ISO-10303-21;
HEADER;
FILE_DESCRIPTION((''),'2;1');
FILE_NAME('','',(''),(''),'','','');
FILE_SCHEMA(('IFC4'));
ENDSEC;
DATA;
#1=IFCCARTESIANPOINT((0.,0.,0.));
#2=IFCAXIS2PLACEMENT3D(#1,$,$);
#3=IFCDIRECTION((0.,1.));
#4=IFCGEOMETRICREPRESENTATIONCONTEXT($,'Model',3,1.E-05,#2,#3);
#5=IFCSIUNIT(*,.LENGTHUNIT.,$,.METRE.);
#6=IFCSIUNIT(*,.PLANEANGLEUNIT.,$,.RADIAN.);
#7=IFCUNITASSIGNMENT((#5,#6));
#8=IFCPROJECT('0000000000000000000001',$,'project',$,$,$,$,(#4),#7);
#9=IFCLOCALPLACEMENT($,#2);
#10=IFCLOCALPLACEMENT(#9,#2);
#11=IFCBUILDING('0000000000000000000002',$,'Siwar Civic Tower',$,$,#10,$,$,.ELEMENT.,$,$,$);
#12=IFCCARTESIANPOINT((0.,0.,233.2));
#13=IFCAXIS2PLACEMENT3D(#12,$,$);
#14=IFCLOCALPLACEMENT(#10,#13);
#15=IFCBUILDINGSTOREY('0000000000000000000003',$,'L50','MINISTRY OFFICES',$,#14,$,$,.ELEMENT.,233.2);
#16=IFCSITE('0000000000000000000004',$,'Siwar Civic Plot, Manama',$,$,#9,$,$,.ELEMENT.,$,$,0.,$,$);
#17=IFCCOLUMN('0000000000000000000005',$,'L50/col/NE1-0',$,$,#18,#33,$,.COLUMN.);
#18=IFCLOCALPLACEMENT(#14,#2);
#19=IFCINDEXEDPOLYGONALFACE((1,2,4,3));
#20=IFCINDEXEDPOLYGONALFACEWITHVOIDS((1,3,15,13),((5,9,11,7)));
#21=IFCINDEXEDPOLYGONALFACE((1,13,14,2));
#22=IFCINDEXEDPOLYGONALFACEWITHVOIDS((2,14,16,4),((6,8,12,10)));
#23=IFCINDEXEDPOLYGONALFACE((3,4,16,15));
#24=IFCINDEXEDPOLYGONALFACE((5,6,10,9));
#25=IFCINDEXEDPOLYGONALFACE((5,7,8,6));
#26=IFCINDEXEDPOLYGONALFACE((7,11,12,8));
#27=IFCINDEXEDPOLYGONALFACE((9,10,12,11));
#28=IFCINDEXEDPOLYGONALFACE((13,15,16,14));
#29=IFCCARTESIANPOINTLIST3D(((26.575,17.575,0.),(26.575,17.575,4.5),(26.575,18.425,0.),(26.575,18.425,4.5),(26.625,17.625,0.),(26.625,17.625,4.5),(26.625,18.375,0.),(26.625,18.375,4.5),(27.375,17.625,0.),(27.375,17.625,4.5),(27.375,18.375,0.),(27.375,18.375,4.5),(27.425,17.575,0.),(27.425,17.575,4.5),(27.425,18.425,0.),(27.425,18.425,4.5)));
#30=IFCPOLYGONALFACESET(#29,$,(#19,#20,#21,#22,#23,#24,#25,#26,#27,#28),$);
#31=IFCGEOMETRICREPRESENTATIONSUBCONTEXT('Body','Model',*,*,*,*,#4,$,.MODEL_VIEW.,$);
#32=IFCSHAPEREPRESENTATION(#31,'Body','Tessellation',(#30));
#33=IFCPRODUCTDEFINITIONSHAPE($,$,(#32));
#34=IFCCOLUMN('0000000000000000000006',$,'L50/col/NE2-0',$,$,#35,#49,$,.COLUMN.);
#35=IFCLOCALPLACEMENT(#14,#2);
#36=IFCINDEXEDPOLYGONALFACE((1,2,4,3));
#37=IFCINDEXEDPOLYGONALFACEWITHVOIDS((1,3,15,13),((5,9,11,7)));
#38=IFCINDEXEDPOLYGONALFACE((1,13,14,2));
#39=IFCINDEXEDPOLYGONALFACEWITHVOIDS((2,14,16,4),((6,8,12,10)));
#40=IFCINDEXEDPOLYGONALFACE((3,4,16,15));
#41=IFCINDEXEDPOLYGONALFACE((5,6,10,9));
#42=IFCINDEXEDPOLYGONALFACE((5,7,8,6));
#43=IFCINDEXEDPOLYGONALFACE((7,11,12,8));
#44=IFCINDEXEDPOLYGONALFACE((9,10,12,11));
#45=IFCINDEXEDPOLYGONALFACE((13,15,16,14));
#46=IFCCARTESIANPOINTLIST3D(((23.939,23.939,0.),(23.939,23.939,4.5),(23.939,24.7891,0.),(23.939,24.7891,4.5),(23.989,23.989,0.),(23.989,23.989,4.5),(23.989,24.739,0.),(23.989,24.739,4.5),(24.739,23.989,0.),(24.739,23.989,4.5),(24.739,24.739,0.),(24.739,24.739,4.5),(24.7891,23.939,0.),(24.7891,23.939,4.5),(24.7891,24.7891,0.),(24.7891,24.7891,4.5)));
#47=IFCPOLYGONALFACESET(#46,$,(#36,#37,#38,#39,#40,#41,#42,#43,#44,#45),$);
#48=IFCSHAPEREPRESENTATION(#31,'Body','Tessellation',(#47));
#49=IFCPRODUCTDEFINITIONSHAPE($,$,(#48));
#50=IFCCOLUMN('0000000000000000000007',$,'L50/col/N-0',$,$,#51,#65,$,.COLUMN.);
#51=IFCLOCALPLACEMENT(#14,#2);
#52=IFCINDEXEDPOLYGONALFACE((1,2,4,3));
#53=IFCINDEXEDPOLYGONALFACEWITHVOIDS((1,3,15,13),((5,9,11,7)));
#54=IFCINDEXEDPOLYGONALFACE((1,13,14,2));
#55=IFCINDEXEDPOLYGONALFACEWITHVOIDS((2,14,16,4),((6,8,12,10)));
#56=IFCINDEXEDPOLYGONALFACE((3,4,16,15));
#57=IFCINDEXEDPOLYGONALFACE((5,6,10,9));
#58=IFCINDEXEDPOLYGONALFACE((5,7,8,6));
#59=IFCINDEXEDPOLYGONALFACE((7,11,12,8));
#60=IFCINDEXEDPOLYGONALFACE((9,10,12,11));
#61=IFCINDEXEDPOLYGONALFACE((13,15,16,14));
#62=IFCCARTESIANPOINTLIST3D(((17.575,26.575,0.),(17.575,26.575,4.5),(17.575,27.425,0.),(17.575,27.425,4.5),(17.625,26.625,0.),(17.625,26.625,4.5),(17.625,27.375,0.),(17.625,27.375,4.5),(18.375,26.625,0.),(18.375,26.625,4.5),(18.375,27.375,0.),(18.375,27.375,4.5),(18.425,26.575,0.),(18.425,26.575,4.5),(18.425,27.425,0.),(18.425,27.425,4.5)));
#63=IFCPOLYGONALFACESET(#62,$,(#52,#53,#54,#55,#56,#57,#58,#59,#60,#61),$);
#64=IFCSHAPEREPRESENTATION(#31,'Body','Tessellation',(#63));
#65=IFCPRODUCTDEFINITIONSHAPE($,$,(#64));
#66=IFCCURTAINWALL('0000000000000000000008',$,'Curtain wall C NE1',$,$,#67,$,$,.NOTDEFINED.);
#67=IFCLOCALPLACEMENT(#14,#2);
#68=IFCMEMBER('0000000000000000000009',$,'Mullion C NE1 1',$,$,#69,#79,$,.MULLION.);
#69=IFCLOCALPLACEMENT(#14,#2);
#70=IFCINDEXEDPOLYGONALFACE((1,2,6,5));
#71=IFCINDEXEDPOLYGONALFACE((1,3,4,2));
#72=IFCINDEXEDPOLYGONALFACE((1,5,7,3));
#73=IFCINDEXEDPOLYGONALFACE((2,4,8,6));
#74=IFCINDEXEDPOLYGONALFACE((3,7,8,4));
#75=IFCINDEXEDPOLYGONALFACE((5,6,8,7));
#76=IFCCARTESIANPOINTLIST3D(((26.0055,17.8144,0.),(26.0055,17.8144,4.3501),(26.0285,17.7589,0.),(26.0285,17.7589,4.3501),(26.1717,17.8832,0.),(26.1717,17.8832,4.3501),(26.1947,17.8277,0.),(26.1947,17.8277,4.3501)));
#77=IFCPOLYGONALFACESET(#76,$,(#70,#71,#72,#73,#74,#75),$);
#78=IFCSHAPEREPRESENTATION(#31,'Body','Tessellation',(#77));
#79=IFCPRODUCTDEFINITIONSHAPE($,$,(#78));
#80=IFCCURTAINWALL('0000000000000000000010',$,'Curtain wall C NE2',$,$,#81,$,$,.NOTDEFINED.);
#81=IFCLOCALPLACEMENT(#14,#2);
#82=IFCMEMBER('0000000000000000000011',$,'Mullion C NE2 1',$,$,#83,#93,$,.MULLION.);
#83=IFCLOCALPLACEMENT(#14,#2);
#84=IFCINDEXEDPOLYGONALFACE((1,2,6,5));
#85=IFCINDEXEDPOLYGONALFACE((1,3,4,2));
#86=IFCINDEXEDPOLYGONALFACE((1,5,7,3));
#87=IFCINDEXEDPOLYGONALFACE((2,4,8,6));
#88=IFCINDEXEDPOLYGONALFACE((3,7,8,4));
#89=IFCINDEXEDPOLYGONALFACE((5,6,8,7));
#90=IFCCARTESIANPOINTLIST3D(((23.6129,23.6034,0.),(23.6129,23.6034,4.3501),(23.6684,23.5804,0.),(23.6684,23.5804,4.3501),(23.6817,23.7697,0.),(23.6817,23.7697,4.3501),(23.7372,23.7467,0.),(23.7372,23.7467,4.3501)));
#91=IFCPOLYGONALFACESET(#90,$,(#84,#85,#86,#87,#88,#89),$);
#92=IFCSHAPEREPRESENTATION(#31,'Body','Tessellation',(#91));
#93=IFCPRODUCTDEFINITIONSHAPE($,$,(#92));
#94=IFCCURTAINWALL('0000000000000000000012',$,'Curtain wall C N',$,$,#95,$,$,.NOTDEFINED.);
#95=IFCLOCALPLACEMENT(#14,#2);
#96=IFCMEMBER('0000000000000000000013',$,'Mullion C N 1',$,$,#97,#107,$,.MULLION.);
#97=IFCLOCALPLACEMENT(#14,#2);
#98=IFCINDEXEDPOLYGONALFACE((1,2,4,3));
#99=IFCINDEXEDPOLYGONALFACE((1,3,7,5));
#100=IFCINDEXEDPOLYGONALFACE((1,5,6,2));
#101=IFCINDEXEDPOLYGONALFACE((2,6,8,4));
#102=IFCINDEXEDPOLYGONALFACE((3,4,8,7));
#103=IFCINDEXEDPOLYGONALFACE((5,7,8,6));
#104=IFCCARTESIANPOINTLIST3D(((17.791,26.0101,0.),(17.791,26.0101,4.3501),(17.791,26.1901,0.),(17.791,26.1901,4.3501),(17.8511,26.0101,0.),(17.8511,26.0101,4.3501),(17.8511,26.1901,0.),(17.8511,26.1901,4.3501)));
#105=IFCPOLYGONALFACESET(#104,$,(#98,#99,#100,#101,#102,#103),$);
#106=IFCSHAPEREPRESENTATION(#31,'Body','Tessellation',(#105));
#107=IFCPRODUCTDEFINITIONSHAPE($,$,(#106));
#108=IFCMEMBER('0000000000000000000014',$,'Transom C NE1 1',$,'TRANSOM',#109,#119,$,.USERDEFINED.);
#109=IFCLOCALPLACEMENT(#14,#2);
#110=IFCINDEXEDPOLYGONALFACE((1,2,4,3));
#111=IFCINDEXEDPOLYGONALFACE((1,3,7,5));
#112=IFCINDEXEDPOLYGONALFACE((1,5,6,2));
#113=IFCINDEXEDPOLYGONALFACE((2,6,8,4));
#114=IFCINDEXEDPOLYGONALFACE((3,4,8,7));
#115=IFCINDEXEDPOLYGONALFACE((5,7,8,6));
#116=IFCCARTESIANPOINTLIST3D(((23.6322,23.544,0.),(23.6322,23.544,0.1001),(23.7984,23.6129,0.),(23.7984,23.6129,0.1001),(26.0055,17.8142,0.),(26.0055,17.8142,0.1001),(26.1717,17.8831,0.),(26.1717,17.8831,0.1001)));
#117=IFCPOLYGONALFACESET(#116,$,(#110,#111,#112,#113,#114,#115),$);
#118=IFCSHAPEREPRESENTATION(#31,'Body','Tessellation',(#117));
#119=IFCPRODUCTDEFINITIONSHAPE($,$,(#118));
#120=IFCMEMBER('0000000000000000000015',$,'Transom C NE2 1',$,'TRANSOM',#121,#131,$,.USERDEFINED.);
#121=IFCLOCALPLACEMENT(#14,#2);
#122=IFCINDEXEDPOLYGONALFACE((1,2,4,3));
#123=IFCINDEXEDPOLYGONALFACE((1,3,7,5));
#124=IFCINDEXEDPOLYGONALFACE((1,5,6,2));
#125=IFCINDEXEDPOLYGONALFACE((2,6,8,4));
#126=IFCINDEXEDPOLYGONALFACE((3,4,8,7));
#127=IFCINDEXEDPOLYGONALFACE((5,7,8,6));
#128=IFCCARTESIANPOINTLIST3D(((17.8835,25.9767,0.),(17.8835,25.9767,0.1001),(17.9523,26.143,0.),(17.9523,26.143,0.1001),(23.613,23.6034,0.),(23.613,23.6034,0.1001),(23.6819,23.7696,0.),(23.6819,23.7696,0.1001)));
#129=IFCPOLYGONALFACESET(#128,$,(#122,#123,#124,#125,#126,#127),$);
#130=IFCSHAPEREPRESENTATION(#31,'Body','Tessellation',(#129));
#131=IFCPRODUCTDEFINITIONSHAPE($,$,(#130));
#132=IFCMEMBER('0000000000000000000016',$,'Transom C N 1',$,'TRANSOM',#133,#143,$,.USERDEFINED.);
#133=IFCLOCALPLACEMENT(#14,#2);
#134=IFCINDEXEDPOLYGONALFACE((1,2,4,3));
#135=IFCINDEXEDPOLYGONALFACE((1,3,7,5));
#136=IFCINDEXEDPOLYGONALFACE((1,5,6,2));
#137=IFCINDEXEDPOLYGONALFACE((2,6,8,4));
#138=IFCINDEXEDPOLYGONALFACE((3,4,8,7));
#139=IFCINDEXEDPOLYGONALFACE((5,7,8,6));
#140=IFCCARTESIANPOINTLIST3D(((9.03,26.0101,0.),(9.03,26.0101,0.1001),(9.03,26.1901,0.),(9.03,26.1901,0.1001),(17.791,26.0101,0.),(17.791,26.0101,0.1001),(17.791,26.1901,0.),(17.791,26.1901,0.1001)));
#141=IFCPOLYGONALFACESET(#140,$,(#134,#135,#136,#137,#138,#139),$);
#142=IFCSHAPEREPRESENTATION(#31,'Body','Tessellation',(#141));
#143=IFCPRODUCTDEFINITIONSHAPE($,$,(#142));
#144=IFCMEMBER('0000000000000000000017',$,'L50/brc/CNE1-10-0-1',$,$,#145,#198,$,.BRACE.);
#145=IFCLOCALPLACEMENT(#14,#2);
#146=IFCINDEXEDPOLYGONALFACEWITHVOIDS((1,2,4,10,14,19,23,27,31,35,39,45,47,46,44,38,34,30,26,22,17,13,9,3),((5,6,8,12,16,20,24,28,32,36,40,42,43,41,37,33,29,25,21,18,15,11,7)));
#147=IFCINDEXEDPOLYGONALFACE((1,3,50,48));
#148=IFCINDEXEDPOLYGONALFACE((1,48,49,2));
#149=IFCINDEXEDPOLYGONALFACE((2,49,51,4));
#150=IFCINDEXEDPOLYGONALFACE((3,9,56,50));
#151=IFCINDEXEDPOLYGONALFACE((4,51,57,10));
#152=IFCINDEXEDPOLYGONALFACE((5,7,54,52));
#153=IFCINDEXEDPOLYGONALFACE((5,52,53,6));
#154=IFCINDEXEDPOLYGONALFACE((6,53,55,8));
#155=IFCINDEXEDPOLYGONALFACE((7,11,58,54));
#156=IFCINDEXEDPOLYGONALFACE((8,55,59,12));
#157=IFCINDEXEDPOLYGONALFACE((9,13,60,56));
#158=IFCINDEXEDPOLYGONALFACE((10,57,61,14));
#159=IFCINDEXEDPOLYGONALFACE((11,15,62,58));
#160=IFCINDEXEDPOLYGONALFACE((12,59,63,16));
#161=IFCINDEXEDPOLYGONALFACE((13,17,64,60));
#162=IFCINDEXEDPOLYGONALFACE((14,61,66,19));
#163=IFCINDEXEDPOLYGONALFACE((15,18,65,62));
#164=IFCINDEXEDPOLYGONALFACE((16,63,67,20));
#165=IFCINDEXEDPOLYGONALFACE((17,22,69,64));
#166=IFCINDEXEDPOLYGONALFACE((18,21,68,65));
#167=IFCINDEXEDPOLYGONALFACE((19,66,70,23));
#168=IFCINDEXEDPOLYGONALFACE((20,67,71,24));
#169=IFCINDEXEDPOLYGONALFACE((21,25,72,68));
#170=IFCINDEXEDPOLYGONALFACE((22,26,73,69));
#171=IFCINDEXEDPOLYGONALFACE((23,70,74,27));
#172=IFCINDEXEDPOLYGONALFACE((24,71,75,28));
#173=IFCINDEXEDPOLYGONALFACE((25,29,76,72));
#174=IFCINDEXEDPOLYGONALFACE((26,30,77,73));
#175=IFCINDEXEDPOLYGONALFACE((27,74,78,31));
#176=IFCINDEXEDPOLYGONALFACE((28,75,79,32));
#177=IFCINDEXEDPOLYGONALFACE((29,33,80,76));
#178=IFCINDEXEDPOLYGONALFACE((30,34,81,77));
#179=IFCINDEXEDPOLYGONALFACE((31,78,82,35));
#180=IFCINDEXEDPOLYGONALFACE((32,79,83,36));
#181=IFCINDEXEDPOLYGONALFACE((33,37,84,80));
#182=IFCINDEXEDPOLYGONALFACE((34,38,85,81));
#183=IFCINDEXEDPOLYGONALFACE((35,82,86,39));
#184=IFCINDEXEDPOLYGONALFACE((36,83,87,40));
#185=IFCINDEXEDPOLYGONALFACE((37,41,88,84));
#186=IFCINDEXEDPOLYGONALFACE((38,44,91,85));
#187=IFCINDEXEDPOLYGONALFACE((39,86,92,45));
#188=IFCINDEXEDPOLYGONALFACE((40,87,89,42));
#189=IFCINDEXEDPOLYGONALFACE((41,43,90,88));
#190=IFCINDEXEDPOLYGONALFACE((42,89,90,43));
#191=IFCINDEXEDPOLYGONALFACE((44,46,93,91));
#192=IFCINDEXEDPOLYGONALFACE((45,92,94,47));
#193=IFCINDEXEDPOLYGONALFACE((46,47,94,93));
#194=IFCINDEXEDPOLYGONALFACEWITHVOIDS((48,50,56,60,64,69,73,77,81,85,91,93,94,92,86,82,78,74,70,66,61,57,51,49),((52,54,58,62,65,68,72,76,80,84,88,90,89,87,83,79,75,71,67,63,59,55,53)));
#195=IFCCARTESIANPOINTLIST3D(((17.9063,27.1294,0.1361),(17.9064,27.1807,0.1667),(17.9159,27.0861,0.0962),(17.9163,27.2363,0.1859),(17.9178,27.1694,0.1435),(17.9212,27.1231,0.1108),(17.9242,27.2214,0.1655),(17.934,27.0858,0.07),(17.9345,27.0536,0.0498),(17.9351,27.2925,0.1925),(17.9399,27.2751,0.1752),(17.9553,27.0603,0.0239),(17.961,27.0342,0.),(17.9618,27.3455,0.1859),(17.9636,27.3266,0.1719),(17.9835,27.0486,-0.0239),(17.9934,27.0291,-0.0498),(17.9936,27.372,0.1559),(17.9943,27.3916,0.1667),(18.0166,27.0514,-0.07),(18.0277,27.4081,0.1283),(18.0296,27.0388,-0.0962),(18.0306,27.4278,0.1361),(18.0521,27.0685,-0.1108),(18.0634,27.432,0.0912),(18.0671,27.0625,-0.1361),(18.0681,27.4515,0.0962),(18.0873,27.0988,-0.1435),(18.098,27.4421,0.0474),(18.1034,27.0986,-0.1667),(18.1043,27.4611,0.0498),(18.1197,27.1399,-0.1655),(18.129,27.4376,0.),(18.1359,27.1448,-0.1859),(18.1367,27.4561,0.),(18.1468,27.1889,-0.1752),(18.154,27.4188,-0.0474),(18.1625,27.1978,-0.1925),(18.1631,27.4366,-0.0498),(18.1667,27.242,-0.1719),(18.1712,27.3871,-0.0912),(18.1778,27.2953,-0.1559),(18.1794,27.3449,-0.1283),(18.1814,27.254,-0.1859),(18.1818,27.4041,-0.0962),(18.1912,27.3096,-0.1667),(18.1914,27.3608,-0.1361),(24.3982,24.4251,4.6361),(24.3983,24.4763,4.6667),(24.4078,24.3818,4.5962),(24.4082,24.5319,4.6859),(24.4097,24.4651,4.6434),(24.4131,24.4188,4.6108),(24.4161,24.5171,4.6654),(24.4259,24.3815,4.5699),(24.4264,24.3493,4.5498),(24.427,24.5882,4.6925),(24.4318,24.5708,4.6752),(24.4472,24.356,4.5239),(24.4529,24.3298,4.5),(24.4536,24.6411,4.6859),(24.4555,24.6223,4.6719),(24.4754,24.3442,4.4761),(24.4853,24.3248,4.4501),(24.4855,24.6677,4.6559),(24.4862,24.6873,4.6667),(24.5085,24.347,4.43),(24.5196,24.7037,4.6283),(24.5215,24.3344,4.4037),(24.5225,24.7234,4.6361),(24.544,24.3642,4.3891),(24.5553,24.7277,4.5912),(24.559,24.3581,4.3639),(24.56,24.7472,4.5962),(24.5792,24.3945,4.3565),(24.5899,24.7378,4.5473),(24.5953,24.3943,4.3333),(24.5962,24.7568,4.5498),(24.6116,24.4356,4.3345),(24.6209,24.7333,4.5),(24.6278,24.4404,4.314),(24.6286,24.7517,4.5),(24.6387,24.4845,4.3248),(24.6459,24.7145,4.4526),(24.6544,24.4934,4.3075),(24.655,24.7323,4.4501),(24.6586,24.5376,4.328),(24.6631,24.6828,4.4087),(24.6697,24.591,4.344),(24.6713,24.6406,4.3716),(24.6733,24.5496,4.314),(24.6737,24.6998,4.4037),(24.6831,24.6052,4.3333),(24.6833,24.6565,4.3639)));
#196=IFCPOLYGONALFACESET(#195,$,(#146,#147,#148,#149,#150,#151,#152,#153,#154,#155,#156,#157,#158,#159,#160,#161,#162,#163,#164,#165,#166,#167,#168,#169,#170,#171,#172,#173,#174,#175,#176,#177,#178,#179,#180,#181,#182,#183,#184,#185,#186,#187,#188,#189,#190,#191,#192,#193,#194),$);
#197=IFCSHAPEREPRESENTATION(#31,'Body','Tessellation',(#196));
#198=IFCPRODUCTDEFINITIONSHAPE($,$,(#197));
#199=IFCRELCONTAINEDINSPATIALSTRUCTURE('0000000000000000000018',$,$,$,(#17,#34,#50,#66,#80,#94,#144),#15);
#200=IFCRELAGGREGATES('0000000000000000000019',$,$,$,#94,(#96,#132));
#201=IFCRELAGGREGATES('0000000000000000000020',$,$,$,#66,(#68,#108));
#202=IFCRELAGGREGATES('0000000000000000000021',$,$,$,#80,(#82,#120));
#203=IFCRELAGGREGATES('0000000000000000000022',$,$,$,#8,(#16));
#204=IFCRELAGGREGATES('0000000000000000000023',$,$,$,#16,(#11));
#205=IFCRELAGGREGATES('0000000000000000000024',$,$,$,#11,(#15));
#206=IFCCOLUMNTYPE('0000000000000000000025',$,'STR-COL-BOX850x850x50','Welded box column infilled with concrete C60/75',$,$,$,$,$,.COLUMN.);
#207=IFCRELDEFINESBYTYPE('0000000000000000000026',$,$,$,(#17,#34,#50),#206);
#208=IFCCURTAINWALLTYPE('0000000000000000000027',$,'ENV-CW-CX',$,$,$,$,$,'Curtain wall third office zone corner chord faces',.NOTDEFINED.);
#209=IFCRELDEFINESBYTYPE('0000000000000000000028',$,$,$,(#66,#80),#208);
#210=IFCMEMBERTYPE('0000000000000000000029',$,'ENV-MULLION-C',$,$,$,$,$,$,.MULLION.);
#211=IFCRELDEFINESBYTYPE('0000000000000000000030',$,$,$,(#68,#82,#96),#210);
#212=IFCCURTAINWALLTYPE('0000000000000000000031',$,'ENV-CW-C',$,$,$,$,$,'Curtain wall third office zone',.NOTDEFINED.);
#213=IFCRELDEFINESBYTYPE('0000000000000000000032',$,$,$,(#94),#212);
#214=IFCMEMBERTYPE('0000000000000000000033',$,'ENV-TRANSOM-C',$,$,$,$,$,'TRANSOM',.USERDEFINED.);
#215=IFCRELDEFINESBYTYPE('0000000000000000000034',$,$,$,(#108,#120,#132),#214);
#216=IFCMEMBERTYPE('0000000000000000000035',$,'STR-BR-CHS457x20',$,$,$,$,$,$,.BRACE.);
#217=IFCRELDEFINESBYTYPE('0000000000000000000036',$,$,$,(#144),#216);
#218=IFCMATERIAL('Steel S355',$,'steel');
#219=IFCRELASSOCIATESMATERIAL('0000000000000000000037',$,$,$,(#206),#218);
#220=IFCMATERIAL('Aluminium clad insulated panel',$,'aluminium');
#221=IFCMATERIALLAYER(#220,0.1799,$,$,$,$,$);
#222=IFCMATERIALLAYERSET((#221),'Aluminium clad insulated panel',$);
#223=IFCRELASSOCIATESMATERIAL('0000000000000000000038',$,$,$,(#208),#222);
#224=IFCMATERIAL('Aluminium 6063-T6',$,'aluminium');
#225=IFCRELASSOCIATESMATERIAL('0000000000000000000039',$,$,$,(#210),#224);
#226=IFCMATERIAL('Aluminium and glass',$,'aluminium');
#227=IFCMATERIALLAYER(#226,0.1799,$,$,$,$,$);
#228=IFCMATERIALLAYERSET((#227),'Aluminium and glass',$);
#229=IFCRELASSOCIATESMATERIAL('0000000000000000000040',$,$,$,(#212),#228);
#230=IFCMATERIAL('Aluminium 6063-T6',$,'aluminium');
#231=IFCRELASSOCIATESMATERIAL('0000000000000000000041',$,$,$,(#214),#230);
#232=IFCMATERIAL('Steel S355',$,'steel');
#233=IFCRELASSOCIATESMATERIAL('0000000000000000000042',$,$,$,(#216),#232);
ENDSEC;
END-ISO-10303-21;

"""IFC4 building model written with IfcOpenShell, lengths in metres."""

from ifc_helpers import new_model, si_unit, direction, frame, origin, origin_2d, place, context, subcontext, project, spatial, rectangle, hollow_rectangle, hollow_circle, extrude, material, layer, layer_set, material_profile, profile_set, type_object, element, aggregate, save


model = new_model("IFC4")

# Units and contexts
model_context = context("Model", 3, precision=1e-05, world=origin(), true_north=direction((0.0, 1.0)))
body_context = subcontext(model_context, "Body", "Model", "MODEL_VIEW")
ifc_project = project(units=[si_unit("LENGTHUNIT", "METRE"), si_unit("PLANEANGLEUNIT", "RADIAN")], contexts=[model_context])

# Site, building, storey
site_placement = place(None, origin())
site = spatial("IfcSite", under=ifc_project, at=site_placement, Name="Siwar Civic Plot, Manama", CompositionType="ELEMENT", RefElevation=0.0)
building_placement = place(site_placement, origin())
building = spatial("IfcBuilding", under=site, at=building_placement, Name="Siwar Civic Tower", CompositionType="ELEMENT")
storey_placement = place(building_placement, frame((0.0, 0.0, 233.2)))
storey = spatial("IfcBuildingStorey", under=building, at=storey_placement, Name="L50", Description="MINISTRY OFFICES", CompositionType="ELEMENT", Elevation=233.2)

# Columns
ifc_material_1 = material(Name="Steel S355", Category="steel")
ifc_material_profile_1 = material_profile(ifc_material_1, hollow_rectangle(XDim=0.8501, YDim=0.8501, WallThickness=0.05, at=origin_2d()), Name="BOX850x850x50")
ifc_profile_set_1 = profile_set([ifc_material_profile_1], Name="Steel S355")
column_type = type_object("IfcColumnType", Name="STR-COL-BOX850x850x50", Description="Welded box column infilled with concrete C60/75", PredefinedType="COLUMN", material=ifc_profile_set_1)
for number, where, z_axis, x_axis, name in (
    (1, (27.0, 18.0, 0.0), (0.0, 0.0, 1.0), (1.0, 0.0, 0.0), "L50/col/NE1-0"),
    (2, (24.364, 24.364, 0.0), (0.0, 0.0, 1.0), (1.0, 0.0, 0.0), "L50/col/NE2-0"),
    (3, (18.0, 27.0, 0.0), (0.0, 0.0, 1.0), (1.0, 0.0, 0.0), "L50/col/N-0"),
):
    element("IfcColumn", number, at=place(storey_placement, frame(where, z_axis=z_axis, x_axis=x_axis)), inside=storey, type_object=column_type, Name=name, PredefinedType="COLUMN", context=body_context, shape_type="SweptSolid", body=[
        extrude(hollow_rectangle(XDim=0.8501, YDim=0.8501, WallThickness=0.05, at=origin_2d()), origin(), (0.0, 0.0, 1.0), 4.5),
    ])

# Curtain walls, members
ifc_material_2 = material(Name="Aluminium clad insulated panel", Category="aluminium")
ifc_layer_1 = layer(ifc_material_2, 0.1799)
ifc_layer_set_1 = layer_set([ifc_layer_1], Name="Aluminium clad insulated panel")
curtain_wall_type_1 = type_object("IfcCurtainWallType", Name="ENV-CW-CX", ElementType="Curtain wall third office zone corner chord faces", PredefinedType="NOTDEFINED", material=ifc_layer_set_1)
curtain_wall_1_placement = place(storey_placement, origin())
curtain_wall_1 = element("IfcCurtainWall", 4, at=curtain_wall_1_placement, inside=storey, type_object=curtain_wall_type_1, Name="Curtain wall C NE1", PredefinedType="NOTDEFINED")
ifc_material_3 = material(Name="Aluminium 6063-T6", Category="aluminium")
ifc_material_profile_2 = material_profile(ifc_material_3, rectangle(XDim=0.1799, YDim=0.0601, at=origin_2d()), Name="AL 180x60")
ifc_profile_set_2 = profile_set([ifc_material_profile_2], Name="Aluminium 6063-T6")
member_type_1 = type_object("IfcMemberType", Name="ENV-MULLION-C", PredefinedType="MULLION", material=ifc_profile_set_2)
member_1_placement = place(storey_placement, frame((26.1001, 17.821, 0.0), z_axis=(0.0, 0.0, 1.0), x_axis=(-0.92388, -0.382683, 0.0)))
member_1 = element("IfcMember", 5, at=member_1_placement, type_object=member_type_1, Name="Mullion C NE1 1", PredefinedType="MULLION", context=body_context, shape_type="SweptSolid", body=[
    extrude(rectangle(XDim=0.1799, YDim=0.0601, at=origin_2d()), origin(), (0.0, 0.0, 1.0), 4.3501),
])
curtain_wall_2_placement = place(storey_placement, origin())
curtain_wall_2 = element("IfcCurtainWall", 6, at=curtain_wall_2_placement, inside=storey, type_object=curtain_wall_type_1, Name="Curtain wall C NE2", PredefinedType="NOTDEFINED")
member_2_placement = place(storey_placement, frame((23.675, 23.675, 0.0), z_axis=(0.0, 0.0, 1.0), x_axis=(-0.382683, -0.92388, 0.0)))
member_2 = element("IfcMember", 7, at=member_2_placement, type_object=member_type_1, Name="Mullion C NE2 1", PredefinedType="MULLION", context=body_context, shape_type="SweptSolid", body=[
    extrude(rectangle(XDim=0.1799, YDim=0.0601, at=origin_2d()), origin(), (0.0, 0.0, 1.0), 4.3501),
])
ifc_material_4 = material(Name="Aluminium and glass", Category="aluminium")
ifc_layer_2 = layer(ifc_material_4, 0.1799)
ifc_layer_set_2 = layer_set([ifc_layer_2], Name="Aluminium and glass")
curtain_wall_type_2 = type_object("IfcCurtainWallType", Name="ENV-CW-C", ElementType="Curtain wall third office zone", PredefinedType="NOTDEFINED", material=ifc_layer_set_2)
curtain_wall_3_placement = place(storey_placement, origin())
curtain_wall_3 = element("IfcCurtainWall", 8, at=curtain_wall_3_placement, inside=storey, type_object=curtain_wall_type_2, Name="Curtain wall C N", PredefinedType="NOTDEFINED")
member_3_placement = place(storey_placement, frame((17.821, 26.1001, 0.0), z_axis=(0.0, 0.0, 1.0), x_axis=(0.0, -1.0, 0.0)))
member_3 = element("IfcMember", 9, at=member_3_placement, type_object=member_type_1, Name="Mullion C N 1", PredefinedType="MULLION", context=body_context, shape_type="SweptSolid", body=[
    extrude(rectangle(XDim=0.1799, YDim=0.0601, at=origin_2d()), origin(), (0.0, 0.0, 1.0), 4.3501),
])

# Members
ifc_material_5 = material(Name="Aluminium 6063-T6", Category="aluminium")
ifc_material_profile_3 = material_profile(ifc_material_5, rectangle(XDim=0.1799, YDim=0.1001, at=origin_2d()), Name="AL 180x100")
ifc_profile_set_3 = profile_set([ifc_material_profile_3], Name="Aluminium 6063-T6")
member_type_2 = type_object("IfcMemberType", Name="ENV-TRANSOM-C", ElementType="TRANSOM", PredefinedType="USERDEFINED", material=ifc_profile_set_3)
member_4_placement = place(storey_placement, frame((26.0886, 17.8486, 0.05), z_axis=(-0.382677, 0.923882, 0.0), x_axis=(-0.923882, -0.382677, 0.0)))
member_4 = element("IfcMember", 10, at=member_4_placement, type_object=member_type_2, Name="Transom C NE1 1", ObjectType="TRANSOM", PredefinedType="USERDEFINED", context=body_context, shape_type="SweptSolid", body=[
    extrude(rectangle(XDim=0.1799, YDim=0.1001, at=origin_2d()), origin(), (0.0, 0.0, 1.0), 6.2019),
])
member_5_placement = place(storey_placement, frame((23.6475, 23.6865, 0.05), z_axis=(-0.923876, 0.382691, 0.0), x_axis=(-0.382691, -0.923876, 0.0)))
member_5 = element("IfcMember", 11, at=member_5_placement, type_object=member_type_2, Name="Transom C NE2 1", ObjectType="TRANSOM", PredefinedType="USERDEFINED", context=body_context, shape_type="SweptSolid", body=[
    extrude(rectangle(XDim=0.1799, YDim=0.1001, at=origin_2d()), origin(), (0.0, 0.0, 1.0), 6.2017),
])
member_6_placement = place(storey_placement, frame((17.791, 26.1001, 0.05), z_axis=(-1.0, 0.0, 0.0), x_axis=(0.0, -1.0, 0.0)))
member_6 = element("IfcMember", 12, at=member_6_placement, type_object=member_type_2, Name="Transom C N 1", ObjectType="TRANSOM", PredefinedType="USERDEFINED", context=body_context, shape_type="SweptSolid", body=[
    extrude(rectangle(XDim=0.1799, YDim=0.1001, at=origin_2d()), origin(), (0.0, 0.0, 1.0), 8.761),
])
aggregate(curtain_wall_3, [member_3, member_6])

# Member
ifc_material_6 = material(Name="Steel S355", Category="steel")
ifc_material_profile_4 = material_profile(ifc_material_6, hollow_circle(Radius=0.2285, WallThickness=0.02, at=origin_2d()), Name="CHS457x20")
ifc_profile_set_4 = profile_set([ifc_material_profile_4], Name="Steel S355")
member_type_3 = type_object("IfcMemberType", Name="STR-BR-CHS457x20", PredefinedType="BRACE", material=ifc_profile_set_4)
member_7_placement = place(storey_placement, frame((18.0488, 27.2451, 0.0), z_axis=(0.777555, -0.323906, 0.538975), x_axis=(0.384539, 0.923109, 0.0)))
element("IfcMember", 13, at=member_7_placement, inside=storey, type_object=member_type_3, Name="L50/brc/CNE1-10-0-1", PredefinedType="BRACE", context=body_context, shape_type="SweptSolid", body=[
    extrude(hollow_circle(Radius=0.2285, WallThickness=0.02, at=origin_2d()), origin(), (0.0, 0.0, 1.0), 8.3491),
])

aggregate(curtain_wall_1, [member_1, member_4])
aggregate(curtain_wall_2, [member_2, member_5])

save(model, "model.ifc")
